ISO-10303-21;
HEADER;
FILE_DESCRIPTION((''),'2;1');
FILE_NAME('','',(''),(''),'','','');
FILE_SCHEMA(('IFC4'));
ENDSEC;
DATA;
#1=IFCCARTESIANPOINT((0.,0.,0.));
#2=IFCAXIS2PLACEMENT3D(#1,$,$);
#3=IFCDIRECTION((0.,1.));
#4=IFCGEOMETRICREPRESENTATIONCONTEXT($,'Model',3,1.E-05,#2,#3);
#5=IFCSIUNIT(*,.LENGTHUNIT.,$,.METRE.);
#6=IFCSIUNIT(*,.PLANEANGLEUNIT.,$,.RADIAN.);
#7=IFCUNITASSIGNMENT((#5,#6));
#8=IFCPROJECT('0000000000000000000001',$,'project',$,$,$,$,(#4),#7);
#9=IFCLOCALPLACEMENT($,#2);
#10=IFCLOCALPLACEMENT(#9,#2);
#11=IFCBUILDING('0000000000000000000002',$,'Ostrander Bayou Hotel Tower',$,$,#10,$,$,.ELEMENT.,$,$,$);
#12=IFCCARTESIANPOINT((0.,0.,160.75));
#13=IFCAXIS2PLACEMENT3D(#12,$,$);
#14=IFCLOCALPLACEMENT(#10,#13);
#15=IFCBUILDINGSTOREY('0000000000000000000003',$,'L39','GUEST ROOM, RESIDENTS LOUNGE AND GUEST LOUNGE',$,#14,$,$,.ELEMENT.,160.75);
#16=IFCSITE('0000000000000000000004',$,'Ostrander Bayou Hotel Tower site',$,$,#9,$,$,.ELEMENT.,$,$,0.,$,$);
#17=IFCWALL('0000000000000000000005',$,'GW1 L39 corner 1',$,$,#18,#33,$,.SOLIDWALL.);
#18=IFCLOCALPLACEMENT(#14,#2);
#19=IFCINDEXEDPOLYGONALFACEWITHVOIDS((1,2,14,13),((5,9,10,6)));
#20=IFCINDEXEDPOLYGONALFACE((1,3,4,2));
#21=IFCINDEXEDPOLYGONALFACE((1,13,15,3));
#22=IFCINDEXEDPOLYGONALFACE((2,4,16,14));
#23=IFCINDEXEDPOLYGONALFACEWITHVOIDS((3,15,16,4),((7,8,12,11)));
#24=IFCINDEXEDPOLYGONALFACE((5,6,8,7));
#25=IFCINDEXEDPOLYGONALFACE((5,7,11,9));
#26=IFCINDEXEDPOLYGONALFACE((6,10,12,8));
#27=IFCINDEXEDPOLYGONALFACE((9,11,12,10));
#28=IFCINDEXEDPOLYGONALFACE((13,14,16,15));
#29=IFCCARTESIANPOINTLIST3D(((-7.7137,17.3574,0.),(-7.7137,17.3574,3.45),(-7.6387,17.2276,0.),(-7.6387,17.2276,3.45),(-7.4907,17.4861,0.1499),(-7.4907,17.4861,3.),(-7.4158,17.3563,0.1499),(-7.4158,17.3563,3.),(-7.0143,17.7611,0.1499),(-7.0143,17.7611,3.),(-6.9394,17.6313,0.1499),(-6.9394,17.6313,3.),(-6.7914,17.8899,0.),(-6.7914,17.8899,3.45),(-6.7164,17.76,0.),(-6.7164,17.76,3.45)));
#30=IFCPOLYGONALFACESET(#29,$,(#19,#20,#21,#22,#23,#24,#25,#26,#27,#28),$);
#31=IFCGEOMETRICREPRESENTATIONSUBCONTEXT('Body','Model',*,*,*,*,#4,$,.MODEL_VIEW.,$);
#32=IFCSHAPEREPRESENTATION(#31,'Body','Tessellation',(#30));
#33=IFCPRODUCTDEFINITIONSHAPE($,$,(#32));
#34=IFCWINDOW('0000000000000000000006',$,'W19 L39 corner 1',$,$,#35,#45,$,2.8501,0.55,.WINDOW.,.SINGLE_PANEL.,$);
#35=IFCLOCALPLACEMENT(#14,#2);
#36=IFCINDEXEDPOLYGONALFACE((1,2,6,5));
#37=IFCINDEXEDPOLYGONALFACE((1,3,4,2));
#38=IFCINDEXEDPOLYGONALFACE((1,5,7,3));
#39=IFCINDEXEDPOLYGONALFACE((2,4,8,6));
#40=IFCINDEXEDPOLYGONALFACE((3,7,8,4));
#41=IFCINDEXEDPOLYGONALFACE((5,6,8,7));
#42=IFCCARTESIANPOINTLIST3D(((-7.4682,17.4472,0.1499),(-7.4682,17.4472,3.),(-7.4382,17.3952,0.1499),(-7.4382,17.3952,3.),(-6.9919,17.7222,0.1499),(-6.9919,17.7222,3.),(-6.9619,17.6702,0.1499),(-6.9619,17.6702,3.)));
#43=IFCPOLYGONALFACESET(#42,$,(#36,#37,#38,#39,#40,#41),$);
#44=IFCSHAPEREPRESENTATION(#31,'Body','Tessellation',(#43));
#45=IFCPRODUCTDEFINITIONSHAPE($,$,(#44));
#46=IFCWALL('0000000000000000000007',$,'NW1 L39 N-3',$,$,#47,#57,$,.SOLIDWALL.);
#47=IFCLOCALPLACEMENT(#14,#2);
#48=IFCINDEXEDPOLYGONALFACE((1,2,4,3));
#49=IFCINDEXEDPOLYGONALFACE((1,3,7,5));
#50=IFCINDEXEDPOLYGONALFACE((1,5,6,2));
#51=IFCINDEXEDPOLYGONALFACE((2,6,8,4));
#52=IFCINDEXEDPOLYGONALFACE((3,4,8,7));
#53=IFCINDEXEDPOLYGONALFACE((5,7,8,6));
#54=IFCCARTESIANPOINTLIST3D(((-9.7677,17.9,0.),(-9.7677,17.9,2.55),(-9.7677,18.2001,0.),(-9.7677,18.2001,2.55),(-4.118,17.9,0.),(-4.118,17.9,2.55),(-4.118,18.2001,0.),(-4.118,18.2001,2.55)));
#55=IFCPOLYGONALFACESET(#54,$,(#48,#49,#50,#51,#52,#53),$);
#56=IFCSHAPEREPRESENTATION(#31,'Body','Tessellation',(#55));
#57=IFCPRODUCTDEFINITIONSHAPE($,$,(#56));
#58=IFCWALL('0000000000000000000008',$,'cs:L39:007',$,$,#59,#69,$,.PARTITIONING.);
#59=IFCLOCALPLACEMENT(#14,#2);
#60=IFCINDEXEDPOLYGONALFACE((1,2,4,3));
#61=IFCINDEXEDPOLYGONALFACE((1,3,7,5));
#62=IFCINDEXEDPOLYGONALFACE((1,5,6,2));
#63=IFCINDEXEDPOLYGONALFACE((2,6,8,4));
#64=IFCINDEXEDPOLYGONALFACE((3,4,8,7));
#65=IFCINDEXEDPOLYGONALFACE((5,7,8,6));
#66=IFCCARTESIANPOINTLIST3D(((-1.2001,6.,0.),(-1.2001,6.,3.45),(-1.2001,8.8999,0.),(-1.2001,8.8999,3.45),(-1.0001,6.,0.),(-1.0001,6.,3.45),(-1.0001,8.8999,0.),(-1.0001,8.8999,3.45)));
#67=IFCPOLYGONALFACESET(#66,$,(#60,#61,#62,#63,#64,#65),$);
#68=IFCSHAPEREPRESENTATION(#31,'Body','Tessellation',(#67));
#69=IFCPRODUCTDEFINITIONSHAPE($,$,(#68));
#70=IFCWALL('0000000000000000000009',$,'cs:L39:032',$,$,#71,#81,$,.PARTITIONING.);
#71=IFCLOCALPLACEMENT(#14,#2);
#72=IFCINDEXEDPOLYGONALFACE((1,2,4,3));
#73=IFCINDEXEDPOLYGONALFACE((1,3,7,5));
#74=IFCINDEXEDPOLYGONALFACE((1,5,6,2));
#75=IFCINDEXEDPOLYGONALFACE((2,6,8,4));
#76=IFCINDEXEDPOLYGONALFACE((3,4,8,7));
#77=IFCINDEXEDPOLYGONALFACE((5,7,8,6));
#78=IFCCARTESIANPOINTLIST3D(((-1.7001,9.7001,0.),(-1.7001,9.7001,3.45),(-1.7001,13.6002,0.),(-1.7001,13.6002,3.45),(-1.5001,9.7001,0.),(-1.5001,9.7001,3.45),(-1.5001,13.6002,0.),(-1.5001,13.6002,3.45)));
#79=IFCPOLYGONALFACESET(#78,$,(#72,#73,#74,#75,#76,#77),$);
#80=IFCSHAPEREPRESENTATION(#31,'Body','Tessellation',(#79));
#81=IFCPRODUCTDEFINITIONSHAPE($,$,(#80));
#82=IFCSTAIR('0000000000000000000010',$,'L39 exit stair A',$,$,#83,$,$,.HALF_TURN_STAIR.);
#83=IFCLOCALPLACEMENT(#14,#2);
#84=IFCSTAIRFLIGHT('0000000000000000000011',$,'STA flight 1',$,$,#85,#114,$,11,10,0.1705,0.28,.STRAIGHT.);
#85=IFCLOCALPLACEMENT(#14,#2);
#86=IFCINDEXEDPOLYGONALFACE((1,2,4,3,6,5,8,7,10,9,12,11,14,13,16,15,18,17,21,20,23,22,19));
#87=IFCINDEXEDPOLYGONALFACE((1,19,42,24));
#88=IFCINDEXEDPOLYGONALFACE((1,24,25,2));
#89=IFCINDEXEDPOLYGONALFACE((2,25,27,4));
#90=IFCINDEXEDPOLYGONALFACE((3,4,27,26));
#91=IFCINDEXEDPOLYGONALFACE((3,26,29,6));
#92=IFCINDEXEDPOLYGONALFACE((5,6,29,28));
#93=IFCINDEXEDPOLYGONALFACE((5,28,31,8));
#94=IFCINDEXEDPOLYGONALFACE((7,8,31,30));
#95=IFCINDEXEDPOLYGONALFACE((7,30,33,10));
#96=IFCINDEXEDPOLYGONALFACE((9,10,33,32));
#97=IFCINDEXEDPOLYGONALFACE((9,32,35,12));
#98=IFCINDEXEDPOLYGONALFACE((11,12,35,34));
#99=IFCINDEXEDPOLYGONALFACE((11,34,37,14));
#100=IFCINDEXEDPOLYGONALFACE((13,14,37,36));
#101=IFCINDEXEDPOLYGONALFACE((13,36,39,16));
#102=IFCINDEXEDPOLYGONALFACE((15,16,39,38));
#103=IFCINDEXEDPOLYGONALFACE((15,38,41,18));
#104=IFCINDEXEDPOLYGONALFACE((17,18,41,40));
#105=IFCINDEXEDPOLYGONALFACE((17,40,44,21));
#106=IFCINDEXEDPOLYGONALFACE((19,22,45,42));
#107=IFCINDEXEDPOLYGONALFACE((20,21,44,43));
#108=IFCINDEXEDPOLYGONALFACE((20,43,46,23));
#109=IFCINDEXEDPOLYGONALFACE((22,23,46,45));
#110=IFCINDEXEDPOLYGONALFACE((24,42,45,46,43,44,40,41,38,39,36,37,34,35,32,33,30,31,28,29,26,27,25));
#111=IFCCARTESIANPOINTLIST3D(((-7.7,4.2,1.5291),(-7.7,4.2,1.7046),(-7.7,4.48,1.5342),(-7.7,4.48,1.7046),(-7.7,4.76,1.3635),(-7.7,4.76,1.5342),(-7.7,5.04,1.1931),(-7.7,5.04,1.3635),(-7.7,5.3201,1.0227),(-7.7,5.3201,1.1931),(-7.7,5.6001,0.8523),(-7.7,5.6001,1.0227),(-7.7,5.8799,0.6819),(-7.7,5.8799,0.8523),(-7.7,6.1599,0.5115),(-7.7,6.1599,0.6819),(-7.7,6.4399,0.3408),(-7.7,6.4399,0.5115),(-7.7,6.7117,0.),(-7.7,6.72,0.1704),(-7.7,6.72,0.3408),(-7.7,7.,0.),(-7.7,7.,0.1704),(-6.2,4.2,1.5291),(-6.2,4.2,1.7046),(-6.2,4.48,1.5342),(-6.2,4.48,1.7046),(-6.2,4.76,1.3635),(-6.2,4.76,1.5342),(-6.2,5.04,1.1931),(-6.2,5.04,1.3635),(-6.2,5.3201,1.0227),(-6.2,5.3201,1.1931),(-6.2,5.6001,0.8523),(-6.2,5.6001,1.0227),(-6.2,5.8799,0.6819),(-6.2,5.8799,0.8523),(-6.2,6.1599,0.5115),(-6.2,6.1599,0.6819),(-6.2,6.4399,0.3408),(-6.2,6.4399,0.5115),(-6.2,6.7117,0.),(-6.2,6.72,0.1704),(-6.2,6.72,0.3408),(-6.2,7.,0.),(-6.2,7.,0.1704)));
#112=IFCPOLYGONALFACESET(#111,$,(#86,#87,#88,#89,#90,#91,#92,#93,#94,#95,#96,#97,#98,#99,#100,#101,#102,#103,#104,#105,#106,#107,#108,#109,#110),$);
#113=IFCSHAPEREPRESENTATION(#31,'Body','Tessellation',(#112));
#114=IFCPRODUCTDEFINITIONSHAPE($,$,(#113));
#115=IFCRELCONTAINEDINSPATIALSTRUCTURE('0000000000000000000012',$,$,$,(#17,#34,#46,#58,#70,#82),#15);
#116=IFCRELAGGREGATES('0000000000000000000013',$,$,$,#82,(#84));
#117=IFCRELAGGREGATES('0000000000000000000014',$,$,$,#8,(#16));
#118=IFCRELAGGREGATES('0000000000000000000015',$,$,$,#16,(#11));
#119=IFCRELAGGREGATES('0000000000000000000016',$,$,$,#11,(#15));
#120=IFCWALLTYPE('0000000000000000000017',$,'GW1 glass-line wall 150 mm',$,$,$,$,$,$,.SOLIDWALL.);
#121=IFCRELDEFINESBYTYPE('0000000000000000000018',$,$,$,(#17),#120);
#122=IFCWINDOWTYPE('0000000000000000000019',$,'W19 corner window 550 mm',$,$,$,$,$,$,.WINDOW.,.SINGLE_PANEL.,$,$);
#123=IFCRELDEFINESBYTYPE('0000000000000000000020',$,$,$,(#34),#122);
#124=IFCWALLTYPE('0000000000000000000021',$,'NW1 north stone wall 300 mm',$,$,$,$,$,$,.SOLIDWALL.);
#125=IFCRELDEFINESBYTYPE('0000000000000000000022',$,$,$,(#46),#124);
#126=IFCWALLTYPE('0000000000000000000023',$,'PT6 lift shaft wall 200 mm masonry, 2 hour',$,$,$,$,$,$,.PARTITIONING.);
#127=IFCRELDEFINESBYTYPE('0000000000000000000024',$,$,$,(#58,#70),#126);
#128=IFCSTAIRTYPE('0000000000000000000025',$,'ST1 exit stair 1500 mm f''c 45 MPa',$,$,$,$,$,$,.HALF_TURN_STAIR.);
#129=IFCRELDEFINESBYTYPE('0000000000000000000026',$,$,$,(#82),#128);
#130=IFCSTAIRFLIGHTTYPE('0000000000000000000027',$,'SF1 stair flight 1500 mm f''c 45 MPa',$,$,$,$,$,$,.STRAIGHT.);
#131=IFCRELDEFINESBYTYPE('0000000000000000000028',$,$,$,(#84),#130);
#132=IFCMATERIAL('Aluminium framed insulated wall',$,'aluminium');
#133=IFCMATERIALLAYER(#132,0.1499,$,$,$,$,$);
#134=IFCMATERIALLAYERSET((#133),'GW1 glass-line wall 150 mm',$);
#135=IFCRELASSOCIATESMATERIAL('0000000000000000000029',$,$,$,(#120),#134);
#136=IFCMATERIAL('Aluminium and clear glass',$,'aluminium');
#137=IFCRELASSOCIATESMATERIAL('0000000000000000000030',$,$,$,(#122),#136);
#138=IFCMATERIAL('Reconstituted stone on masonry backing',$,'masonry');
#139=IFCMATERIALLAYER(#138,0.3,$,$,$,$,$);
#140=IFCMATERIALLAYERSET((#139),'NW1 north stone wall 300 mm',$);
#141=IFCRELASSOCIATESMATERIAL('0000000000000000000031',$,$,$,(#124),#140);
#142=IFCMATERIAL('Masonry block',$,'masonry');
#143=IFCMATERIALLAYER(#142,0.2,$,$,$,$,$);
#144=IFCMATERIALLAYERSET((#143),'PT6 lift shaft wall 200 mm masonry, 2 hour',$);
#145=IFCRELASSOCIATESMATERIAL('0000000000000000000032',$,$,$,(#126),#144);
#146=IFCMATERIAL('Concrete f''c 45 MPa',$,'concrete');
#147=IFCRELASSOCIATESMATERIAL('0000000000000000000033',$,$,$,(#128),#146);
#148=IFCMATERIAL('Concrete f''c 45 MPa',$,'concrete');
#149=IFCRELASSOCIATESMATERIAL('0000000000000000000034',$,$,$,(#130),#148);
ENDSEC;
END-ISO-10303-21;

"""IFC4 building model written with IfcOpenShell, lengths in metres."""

from ifc_helpers import new_model, si_unit, direction, frame, frame_2d, origin, place, context, subcontext, project, spatial, polyline, rectangle, outline, extrude, material, layer, layer_set, type_object, element, fill, aggregate, save


model = new_model("IFC4")

# Units and contexts
model_context = context("Model", 3, precision=1e-05, world=origin(), true_north=direction((0.0, 1.0)))
body_context = subcontext(model_context, "Body", "Model", "MODEL_VIEW")
ifc_project = project(units=[si_unit("LENGTHUNIT", "METRE"), si_unit("PLANEANGLEUNIT", "RADIAN")], contexts=[model_context])

# Site, building, storey
site_placement = place(None, origin())
site = spatial("IfcSite", under=ifc_project, at=site_placement, Name="Ostrander Bayou Hotel Tower site", CompositionType="ELEMENT", RefElevation=0.0)
building_placement = place(site_placement, origin())
building = spatial("IfcBuilding", under=site, at=building_placement, Name="Ostrander Bayou Hotel Tower", CompositionType="ELEMENT")
storey_placement = place(building_placement, frame((0.0, 0.0, 160.75)))
storey = spatial("IfcBuildingStorey", under=building, at=storey_placement, Name="L39", Description="GUEST ROOM, RESIDENTS LOUNGE AND GUEST LOUNGE", CompositionType="ELEMENT", Elevation=160.75)

# Shared definitions
ifc_material_1 = material(Name="Aluminium framed insulated wall", Category="aluminium")
ifc_layer_1 = layer(ifc_material_1, 0.1499)
ifc_layer_set_1 = layer_set([ifc_layer_1], Name="GW1 glass-line wall 150 mm")
wall_type_1 = type_object("IfcWallType", Name="GW1 glass-line wall 150 mm", PredefinedType="SOLIDWALL", material=ifc_layer_set_1)

# Wall, opening, window
wall_1_placement = place(storey_placement, frame((-6.7539, 17.825, 0.0), z_axis=(0.0, 0.0, 1.0), x_axis=(-0.866048, -0.499961, 0.0)))
wall_1 = element("IfcWall", 1, at=wall_1_placement, inside=storey, type_object=wall_type_1, Name="GW1 L39 corner 1", PredefinedType="SOLIDWALL", context=body_context, shape_type="SweptSolid", body=[
    extrude(rectangle(XDim=1.0649, YDim=0.1499, at=frame_2d((0.5325, 0.0))), origin(), (0.0, 0.0, 1.0), 3.45),
])
opening_1_placement = place(wall_1_placement, frame((0.2576, 0.0, 0.1499)))
opening_1 = element("IfcOpeningElement", 2, at=opening_1_placement, cuts=wall_1, PredefinedType="OPENING", context=body_context, shape_type="SweptSolid", body=[
    extrude(rectangle(XDim=0.55, YDim=2.8501, at=frame_2d((0.2749, 1.425))), frame((0.0, 0.075, 0.0), z_axis=(0.0, -1.0, 0.0), x_axis=(1.0, 0.0, 0.0)), (0.0, 0.0, 1.0), 0.1499),
])
ifc_material_2 = material(Name="Aluminium and clear glass", Category="aluminium")
window_type_1 = type_object("IfcWindowType", Name="W19 corner window 550 mm", PartitioningType="SINGLE_PANEL", PredefinedType="WINDOW", material=ifc_material_2)
window_1_placement = place(opening_1_placement, origin())
window_1 = element("IfcWindow", 3, at=window_1_placement, inside=storey, type_object=window_type_1, Name="W19 L39 corner 1", OverallHeight=2.8501, OverallWidth=0.55, PartitioningType="SINGLE_PANEL", PredefinedType="WINDOW", context=body_context, shape_type="SweptSolid", body=[
    extrude(rectangle(XDim=0.55, YDim=2.8501, at=frame_2d((0.2749, 1.425))), frame((0.0, 0.03, 0.0), z_axis=(0.0, -1.0, 0.0), x_axis=(1.0, 0.0, 0.0)), (0.0, 0.0, 1.0), 0.0601),
])
fill(opening_1, window_1)

# Wall
ifc_material_3 = material(Name="Reconstituted stone on masonry backing", Category="masonry")
ifc_layer_2 = layer(ifc_material_3, 0.3)
ifc_layer_set_2 = layer_set([ifc_layer_2], Name="NW1 north stone wall 300 mm")
wall_type_2 = type_object("IfcWallType", Name="NW1 north stone wall 300 mm", PredefinedType="SOLIDWALL", material=ifc_layer_set_2)
wall_2_placement = place(storey_placement, frame((-4.1182, 18.05, 0.0), z_axis=(0.0, 0.0, 1.0), x_axis=(-1.0, 0.0, 0.0)))
element("IfcWall", 4, at=wall_2_placement, inside=storey, type_object=wall_type_2, Name="NW1 L39 N-3", PredefinedType="SOLIDWALL", context=body_context, shape_type="SweptSolid", body=[
    extrude(rectangle(XDim=5.6497, YDim=0.3, at=frame_2d((2.8247, 0.0))), origin(), (0.0, 0.0, 1.0), 2.55),
])

# Shared definitions
ifc_material_4 = material(Name="Masonry block", Category="masonry")
ifc_layer_3 = layer(ifc_material_4, 0.2)
ifc_layer_set_3 = layer_set([ifc_layer_3], Name="PT6 lift shaft wall 200 mm masonry, 2 hour")
wall_type_3 = type_object("IfcWallType", Name="PT6 lift shaft wall 200 mm masonry, 2 hour", PredefinedType="PARTITIONING", material=ifc_layer_set_3)

# Walls
wall_3_placement = place(storey_placement, frame((-1.1001, 6.0, 0.0), z_axis=(0.0, 0.0, 1.0), x_axis=(0.0, 1.0, 0.0)))
element("IfcWall", 5, at=wall_3_placement, inside=storey, type_object=wall_type_3, Name="cs:L39:007", PredefinedType="PARTITIONING", context=body_context, shape_type="SweptSolid", body=[
    extrude(rectangle(XDim=2.8999, YDim=0.2, at=frame_2d((1.45, 0.0))), origin(), (0.0, 0.0, 1.0), 3.45),
])
wall_4_placement = place(storey_placement, frame((-1.6001, 9.7, 0.0), z_axis=(0.0, 0.0, 1.0), x_axis=(0.0, 1.0, 0.0)))
element("IfcWall", 6, at=wall_4_placement, inside=storey, type_object=wall_type_3, Name="cs:L39:032", PredefinedType="PARTITIONING", context=body_context, shape_type="SweptSolid", body=[
    extrude(rectangle(XDim=3.9001, YDim=0.2, at=frame_2d((1.9502, 0.0))), origin(), (0.0, 0.0, 1.0), 3.45),
])

# Stair, stair flight
ifc_material_5 = material(Name="Concrete f'c 45 MPa", Category="concrete")
stair_type = type_object("IfcStairType", Name="ST1 exit stair 1500 mm f'c 45 MPa", PredefinedType="HALF_TURN_STAIR", material=ifc_material_5)
stair_placement = place(storey_placement, origin())
stair = element("IfcStair", 7, at=stair_placement, inside=storey, type_object=stair_type, Name="L39 exit stair A", PredefinedType="HALF_TURN_STAIR")
ifc_material_6 = material(Name="Concrete f'c 45 MPa", Category="concrete")
stair_flight_type = type_object("IfcStairFlightType", Name="SF1 stair flight 1500 mm f'c 45 MPa", PredefinedType="STRAIGHT", material=ifc_material_6)
stair_flight_placement = place(storey_placement, frame((-6.95, 7.0, 0.0), z_axis=(0.0, 0.0, 1.0), x_axis=(0.0, -1.0, 0.0)))
stair_flight = element("IfcStairFlight", 8, at=stair_flight_placement, type_object=stair_flight_type, Name="STA flight 1", NumberOfRisers=11, NumberOfTreads=10, PredefinedType="STRAIGHT", RiserHeight=0.1705, TreadLength=0.28, context=body_context, shape_type="SweptSolid", body=[
    extrude(outline(polyline([(0.0, 0.0), (0.0, 0.1704), (0.28, 0.1704), (0.28, 0.3408), (0.5601, 0.3408), (0.5601, 0.5115), (0.8401, 0.5115), (0.8401, 0.6819), (1.1201, 0.6819), (1.1201, 0.8523), (1.3999, 0.8523), (1.3999, 1.0227), (1.6799, 1.0227), (1.6799, 1.1931), (1.96, 1.1931), (1.96, 1.3635), (2.24, 1.3635), (2.24, 1.5342), (2.52, 1.5342), (2.52, 1.7046), (2.8, 1.7046), (2.8, 1.875), (2.8, 1.5291), (0.2883, 0.0), (0.0, 0.0)])), frame((0.0, 0.75, 0.0), z_axis=(0.0, -1.0, 0.0), x_axis=(1.0, 0.0, 0.0)), (0.0, 0.0, 1.0), 1.5),
])
aggregate(stair, [stair_flight])

save(model, "model.ifc")
